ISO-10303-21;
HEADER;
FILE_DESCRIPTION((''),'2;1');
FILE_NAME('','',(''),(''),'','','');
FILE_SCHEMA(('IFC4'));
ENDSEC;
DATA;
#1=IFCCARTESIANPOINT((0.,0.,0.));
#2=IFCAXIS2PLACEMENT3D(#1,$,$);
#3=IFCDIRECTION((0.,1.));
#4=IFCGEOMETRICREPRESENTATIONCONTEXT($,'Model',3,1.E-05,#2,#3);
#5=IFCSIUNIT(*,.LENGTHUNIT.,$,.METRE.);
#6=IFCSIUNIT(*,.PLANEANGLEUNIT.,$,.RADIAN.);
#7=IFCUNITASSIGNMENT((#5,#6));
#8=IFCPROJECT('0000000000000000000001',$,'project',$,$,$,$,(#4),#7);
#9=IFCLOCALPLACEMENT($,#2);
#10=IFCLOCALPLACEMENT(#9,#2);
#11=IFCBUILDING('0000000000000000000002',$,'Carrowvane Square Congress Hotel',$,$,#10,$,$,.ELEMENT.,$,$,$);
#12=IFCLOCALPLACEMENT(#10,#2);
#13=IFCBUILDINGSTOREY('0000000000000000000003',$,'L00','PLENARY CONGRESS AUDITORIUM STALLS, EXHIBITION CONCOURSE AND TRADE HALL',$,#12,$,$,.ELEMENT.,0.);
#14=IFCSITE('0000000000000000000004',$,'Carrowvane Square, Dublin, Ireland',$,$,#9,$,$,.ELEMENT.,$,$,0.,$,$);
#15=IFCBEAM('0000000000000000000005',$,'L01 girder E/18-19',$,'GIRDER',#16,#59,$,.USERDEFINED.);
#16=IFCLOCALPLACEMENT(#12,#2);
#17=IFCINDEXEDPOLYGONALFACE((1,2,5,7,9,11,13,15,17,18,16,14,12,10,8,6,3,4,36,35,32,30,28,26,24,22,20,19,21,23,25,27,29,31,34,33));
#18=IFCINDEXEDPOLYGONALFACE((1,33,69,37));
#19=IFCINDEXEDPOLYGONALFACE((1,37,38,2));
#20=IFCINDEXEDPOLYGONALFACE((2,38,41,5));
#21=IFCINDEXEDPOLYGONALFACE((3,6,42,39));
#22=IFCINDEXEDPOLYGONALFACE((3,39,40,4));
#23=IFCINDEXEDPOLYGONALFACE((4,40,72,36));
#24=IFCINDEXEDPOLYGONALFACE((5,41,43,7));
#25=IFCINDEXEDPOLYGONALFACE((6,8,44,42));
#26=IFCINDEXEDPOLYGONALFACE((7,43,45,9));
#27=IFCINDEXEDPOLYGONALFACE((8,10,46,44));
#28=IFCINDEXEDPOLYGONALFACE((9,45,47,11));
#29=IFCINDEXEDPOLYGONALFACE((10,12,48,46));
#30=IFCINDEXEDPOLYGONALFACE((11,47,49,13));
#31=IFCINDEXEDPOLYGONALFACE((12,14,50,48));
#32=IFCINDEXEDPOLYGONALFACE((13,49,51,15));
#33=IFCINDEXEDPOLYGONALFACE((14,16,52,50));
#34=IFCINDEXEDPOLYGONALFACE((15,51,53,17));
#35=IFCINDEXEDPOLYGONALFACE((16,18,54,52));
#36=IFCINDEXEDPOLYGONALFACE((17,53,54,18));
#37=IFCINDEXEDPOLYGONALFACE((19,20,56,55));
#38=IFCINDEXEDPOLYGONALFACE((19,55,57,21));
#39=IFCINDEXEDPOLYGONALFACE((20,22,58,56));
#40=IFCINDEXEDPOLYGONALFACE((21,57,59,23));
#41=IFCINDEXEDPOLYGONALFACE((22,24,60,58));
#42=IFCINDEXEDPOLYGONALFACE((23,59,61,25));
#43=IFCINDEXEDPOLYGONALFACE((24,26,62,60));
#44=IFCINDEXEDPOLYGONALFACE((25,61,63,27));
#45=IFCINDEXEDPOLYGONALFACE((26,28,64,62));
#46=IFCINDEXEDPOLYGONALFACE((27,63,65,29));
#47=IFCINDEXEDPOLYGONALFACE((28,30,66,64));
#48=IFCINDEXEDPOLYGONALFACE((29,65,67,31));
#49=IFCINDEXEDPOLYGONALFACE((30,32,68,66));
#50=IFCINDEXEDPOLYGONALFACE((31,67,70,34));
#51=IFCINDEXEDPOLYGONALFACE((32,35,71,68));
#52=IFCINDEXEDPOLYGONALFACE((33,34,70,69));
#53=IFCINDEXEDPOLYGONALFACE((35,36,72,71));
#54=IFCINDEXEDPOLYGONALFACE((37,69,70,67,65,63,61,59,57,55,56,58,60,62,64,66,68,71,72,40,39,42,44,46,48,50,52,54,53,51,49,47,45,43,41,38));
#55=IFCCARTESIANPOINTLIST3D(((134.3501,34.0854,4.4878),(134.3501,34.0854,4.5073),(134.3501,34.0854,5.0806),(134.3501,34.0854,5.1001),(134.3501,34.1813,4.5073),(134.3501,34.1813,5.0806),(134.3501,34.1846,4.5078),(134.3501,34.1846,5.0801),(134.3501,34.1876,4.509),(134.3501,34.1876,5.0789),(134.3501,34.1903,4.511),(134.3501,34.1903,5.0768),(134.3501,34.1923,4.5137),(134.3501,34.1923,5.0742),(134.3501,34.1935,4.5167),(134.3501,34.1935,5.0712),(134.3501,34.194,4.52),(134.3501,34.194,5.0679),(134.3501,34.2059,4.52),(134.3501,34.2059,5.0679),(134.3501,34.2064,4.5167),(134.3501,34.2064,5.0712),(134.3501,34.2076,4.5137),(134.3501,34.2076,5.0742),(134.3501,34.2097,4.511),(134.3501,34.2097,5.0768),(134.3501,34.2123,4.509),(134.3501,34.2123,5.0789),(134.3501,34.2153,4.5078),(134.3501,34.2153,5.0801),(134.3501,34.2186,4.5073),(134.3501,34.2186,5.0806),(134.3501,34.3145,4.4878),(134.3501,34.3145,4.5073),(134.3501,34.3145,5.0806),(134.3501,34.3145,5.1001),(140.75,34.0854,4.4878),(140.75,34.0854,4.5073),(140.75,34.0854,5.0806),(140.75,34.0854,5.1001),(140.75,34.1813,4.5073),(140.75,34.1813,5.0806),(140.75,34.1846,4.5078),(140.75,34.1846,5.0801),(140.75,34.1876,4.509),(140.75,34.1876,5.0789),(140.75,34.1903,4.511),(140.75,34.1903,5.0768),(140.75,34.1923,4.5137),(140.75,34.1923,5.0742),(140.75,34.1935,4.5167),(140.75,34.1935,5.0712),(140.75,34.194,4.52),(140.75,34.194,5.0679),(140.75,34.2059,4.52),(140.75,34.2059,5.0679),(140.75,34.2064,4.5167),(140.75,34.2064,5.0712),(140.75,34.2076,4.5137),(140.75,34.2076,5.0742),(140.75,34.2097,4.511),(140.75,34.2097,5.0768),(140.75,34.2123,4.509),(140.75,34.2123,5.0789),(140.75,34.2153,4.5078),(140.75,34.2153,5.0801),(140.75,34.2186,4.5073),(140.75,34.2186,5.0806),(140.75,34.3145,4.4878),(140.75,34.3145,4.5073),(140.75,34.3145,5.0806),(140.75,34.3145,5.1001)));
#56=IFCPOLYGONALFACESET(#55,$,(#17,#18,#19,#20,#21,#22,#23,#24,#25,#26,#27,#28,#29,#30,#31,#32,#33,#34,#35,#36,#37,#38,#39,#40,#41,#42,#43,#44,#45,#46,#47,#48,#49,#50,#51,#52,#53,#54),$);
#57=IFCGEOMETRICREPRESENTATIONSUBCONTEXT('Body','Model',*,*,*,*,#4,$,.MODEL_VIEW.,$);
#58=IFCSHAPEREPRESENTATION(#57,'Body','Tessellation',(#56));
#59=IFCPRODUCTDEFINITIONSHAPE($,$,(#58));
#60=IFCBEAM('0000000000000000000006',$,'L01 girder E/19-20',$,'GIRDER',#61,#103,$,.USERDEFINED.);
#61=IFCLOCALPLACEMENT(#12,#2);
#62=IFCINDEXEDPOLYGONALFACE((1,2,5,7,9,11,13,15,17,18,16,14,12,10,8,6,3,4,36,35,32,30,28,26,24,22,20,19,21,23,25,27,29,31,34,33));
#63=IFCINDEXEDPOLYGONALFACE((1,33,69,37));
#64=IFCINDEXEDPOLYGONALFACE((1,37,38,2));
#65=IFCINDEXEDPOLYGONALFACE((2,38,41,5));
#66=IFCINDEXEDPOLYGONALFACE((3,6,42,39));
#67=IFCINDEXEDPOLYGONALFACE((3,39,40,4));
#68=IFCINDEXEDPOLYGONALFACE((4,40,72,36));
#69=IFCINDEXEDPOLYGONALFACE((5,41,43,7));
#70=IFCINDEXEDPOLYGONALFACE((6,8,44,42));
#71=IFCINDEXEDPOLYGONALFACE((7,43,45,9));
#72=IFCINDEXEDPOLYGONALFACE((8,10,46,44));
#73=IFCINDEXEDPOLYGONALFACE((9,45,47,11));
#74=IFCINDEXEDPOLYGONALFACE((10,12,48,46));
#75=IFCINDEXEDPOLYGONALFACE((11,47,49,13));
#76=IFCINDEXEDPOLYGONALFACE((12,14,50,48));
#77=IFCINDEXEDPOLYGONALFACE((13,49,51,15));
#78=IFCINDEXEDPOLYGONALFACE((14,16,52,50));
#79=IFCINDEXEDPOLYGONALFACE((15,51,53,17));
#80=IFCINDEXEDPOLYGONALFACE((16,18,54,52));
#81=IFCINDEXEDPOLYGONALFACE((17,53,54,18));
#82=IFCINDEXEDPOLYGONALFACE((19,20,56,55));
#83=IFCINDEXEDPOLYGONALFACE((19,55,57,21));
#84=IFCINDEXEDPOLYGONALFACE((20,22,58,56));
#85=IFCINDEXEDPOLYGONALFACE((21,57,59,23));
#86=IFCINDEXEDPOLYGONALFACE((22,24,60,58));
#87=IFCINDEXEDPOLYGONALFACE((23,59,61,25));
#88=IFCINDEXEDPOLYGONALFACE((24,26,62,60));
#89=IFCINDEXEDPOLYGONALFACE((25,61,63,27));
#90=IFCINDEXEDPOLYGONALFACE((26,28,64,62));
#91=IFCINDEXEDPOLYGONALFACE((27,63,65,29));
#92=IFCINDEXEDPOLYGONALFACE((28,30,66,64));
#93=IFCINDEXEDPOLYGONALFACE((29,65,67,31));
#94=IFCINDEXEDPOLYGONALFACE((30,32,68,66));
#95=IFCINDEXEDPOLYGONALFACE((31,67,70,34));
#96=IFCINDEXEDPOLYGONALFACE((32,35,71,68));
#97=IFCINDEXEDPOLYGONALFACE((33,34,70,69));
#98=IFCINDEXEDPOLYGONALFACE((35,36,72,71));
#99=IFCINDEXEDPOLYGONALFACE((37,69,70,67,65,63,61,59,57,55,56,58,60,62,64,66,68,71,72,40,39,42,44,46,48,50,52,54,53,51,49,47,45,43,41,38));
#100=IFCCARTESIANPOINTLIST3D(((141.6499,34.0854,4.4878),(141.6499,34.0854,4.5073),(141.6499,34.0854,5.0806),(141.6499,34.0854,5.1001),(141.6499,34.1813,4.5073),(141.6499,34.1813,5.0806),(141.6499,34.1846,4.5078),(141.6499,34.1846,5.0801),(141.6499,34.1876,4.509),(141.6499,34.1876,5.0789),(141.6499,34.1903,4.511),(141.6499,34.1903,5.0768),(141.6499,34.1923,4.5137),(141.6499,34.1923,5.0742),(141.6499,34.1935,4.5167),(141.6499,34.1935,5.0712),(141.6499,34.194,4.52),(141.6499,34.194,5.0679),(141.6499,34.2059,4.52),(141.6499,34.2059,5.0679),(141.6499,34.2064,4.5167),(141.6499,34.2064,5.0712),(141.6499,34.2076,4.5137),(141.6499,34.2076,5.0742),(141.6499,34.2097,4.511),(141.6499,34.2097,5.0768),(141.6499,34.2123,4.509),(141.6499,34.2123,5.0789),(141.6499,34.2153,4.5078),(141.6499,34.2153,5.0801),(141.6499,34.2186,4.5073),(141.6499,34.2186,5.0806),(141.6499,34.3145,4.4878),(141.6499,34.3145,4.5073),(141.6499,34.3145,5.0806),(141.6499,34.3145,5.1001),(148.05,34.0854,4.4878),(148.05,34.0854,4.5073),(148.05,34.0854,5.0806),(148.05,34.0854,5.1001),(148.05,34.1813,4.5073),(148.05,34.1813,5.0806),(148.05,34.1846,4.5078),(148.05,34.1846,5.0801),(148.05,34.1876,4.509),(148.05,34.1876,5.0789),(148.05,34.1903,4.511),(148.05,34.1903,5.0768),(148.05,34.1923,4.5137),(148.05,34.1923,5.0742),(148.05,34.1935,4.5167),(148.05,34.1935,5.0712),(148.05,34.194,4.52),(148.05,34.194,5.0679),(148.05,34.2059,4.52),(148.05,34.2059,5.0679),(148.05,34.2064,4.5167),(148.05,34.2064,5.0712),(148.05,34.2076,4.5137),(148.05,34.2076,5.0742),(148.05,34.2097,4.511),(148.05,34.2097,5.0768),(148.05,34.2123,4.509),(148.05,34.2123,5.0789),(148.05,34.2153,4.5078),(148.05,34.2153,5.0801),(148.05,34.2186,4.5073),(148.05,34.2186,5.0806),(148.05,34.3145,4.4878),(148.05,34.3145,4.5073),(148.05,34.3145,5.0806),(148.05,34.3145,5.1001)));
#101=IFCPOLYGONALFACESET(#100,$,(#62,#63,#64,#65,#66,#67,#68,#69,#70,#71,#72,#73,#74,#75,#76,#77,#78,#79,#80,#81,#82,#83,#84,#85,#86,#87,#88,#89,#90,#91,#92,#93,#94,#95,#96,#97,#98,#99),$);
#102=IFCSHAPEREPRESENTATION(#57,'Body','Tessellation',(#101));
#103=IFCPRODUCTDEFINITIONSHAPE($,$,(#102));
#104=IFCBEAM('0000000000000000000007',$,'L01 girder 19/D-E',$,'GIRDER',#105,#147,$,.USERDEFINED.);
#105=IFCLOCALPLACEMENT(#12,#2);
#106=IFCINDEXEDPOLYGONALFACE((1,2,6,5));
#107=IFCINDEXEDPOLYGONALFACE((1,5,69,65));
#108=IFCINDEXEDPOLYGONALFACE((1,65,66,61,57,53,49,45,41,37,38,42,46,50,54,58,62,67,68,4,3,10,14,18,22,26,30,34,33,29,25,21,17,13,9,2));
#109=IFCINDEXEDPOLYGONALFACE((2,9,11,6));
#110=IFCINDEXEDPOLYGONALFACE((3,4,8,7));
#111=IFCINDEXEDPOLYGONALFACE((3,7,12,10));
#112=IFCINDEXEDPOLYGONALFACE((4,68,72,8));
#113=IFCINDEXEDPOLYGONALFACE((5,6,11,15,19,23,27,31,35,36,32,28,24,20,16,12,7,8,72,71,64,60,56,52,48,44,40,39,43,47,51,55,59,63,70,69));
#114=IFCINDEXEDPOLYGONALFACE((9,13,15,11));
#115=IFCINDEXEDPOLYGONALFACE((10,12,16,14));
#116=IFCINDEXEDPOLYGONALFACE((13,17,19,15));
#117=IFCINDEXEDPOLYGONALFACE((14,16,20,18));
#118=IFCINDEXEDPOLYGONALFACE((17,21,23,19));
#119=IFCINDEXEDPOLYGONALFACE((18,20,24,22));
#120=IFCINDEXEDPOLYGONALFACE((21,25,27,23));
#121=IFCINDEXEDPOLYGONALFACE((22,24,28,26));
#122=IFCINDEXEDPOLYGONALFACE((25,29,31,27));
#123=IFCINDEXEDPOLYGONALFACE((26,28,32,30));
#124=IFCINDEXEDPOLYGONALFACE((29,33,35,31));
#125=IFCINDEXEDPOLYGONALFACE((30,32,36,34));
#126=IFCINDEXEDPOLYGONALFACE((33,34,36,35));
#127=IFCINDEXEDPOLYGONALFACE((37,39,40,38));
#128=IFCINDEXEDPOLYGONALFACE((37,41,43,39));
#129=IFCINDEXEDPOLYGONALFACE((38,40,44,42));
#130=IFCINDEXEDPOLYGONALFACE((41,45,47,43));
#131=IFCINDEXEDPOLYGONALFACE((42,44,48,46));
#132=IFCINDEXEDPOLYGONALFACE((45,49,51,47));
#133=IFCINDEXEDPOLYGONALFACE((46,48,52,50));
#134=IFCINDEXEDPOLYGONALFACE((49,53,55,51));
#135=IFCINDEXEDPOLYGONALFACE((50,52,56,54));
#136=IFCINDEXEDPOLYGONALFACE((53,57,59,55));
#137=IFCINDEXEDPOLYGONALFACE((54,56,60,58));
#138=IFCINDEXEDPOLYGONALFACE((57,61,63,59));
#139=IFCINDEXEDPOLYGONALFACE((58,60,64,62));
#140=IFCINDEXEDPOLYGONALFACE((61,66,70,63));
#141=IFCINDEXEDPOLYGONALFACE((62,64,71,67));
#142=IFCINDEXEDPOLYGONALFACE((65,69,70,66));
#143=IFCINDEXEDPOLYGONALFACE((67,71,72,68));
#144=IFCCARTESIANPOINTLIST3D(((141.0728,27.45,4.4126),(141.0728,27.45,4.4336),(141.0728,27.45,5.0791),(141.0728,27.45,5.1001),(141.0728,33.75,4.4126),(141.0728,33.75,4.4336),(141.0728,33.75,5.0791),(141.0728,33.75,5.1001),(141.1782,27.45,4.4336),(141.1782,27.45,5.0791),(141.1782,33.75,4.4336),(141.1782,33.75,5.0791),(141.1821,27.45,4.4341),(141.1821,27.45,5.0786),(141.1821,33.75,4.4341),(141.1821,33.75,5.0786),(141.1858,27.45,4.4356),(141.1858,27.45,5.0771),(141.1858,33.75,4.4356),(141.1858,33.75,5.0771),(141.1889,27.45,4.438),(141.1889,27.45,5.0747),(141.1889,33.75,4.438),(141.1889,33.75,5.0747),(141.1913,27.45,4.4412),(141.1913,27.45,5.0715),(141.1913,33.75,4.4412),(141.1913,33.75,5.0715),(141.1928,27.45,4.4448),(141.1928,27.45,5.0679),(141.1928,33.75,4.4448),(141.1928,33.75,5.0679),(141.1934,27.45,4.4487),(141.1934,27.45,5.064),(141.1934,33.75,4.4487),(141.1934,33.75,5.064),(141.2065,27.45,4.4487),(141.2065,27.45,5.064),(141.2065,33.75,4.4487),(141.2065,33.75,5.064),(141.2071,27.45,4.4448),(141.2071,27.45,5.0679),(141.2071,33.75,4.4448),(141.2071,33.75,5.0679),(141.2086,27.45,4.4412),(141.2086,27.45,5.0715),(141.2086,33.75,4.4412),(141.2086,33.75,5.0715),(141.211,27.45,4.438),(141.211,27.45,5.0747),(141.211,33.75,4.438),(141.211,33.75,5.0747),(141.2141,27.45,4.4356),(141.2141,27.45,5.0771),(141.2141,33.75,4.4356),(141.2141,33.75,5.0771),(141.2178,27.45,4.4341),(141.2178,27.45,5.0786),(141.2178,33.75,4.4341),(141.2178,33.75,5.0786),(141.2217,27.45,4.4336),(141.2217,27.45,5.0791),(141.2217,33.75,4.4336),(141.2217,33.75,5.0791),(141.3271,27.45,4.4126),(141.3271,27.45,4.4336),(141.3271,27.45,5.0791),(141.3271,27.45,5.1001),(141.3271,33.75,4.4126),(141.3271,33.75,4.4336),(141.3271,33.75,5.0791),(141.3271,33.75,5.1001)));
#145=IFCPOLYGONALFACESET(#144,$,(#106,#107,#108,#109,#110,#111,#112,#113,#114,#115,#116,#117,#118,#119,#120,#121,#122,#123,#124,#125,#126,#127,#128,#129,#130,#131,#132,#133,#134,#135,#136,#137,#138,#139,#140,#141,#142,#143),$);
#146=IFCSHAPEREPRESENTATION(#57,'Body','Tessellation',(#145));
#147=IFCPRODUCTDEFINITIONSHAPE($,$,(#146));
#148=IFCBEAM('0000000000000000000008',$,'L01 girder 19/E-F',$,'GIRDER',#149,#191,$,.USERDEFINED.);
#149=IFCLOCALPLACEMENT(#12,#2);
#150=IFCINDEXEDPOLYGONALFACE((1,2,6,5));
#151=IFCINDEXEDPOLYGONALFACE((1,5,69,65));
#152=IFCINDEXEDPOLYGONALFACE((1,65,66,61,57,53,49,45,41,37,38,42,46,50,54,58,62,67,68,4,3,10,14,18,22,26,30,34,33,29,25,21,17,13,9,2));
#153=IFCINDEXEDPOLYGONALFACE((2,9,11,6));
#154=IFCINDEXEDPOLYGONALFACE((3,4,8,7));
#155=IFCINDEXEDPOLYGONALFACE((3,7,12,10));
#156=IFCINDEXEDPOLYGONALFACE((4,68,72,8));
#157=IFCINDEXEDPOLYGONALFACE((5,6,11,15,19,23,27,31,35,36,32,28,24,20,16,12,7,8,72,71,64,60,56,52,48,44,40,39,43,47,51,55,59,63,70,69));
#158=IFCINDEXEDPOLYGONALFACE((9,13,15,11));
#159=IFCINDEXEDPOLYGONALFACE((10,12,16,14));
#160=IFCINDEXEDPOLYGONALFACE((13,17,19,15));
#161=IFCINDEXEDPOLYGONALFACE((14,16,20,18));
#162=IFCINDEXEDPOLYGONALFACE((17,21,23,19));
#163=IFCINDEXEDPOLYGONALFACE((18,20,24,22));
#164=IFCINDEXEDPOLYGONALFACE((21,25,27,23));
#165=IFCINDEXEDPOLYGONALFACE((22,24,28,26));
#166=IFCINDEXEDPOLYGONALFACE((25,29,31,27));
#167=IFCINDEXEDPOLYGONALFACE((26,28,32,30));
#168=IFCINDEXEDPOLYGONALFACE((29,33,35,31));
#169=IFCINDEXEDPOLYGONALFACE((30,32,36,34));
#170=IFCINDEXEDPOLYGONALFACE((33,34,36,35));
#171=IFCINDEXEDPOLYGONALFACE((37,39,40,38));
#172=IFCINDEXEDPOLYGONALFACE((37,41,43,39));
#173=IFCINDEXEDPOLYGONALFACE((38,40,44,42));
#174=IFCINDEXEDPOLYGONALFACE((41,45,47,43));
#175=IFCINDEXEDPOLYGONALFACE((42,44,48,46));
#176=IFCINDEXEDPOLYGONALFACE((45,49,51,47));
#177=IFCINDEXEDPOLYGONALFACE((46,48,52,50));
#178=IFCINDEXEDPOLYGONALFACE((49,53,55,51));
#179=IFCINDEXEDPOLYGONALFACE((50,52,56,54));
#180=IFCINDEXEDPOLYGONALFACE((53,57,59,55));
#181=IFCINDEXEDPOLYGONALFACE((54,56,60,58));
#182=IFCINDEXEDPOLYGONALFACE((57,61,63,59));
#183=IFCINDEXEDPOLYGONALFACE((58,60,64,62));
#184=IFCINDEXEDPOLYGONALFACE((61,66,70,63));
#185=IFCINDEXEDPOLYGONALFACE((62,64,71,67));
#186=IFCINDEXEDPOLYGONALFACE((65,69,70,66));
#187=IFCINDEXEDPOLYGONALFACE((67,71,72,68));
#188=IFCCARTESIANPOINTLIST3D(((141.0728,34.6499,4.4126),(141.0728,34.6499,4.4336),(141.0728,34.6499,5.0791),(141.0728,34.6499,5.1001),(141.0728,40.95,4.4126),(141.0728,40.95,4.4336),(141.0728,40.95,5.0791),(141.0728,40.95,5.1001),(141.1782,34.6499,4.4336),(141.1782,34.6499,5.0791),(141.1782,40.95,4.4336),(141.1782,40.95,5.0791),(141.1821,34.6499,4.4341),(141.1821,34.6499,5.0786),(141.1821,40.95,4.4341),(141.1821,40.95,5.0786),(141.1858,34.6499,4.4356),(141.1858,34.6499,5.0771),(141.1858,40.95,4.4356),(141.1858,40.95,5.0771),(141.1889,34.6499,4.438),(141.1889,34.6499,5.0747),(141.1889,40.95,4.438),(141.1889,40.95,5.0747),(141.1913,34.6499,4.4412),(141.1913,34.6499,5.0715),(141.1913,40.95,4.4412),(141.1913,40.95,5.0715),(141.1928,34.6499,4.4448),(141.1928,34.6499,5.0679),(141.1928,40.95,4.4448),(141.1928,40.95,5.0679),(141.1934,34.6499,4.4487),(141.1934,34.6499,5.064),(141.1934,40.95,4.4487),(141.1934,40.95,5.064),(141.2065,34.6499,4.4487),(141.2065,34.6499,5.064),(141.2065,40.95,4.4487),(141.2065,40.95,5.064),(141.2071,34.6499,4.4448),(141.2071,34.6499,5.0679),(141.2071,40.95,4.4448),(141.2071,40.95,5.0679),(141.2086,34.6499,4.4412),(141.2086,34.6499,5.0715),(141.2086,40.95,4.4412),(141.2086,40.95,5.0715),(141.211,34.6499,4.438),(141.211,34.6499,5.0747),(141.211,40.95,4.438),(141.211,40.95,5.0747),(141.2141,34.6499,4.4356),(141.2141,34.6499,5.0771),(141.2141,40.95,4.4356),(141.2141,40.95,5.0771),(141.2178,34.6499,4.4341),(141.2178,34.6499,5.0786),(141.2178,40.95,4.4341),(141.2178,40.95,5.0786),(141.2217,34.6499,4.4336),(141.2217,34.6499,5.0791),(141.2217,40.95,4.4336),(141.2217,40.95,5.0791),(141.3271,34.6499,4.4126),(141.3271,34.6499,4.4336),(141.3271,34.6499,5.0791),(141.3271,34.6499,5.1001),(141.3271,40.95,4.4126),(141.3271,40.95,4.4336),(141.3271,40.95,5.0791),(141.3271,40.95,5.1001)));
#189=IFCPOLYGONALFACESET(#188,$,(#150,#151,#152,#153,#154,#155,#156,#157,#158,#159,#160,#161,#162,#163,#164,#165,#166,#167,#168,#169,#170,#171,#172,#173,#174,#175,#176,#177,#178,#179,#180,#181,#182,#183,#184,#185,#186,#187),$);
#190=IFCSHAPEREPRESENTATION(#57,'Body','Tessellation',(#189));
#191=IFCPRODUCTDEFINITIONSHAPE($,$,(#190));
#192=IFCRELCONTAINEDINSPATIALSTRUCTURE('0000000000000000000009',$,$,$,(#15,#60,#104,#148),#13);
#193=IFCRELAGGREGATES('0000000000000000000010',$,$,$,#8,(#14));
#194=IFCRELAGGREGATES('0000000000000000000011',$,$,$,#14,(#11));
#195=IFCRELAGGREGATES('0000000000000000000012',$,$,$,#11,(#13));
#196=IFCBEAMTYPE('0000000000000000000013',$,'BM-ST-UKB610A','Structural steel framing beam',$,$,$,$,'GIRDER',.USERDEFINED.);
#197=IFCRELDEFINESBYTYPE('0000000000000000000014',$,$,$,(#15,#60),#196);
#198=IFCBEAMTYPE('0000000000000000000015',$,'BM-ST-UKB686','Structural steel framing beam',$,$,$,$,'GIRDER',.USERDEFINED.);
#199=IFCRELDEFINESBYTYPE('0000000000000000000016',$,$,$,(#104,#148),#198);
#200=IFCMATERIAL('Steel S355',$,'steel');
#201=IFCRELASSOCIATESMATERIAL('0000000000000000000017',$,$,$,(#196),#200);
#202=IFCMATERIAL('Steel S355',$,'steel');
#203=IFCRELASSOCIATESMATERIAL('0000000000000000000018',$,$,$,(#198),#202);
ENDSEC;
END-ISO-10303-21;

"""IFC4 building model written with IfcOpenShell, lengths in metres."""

from ifc_helpers import new_model, si_unit, direction, frame, origin, origin_2d, place, context, subcontext, project, spatial, i_section, extrude, material, material_profile, profile_set, type_object, element, save


model = new_model("IFC4")

# Units and contexts
model_context = context("Model", 3, precision=1e-05, world=origin(), true_north=direction((0.0, 1.0)))
body_context = subcontext(model_context, "Body", "Model", "MODEL_VIEW")
ifc_project = project(units=[si_unit("LENGTHUNIT", "METRE"), si_unit("PLANEANGLEUNIT", "RADIAN")], contexts=[model_context])

# Site, building, storey
site_placement = place(None, origin())
site = spatial("IfcSite", under=ifc_project, at=site_placement, Name="Carrowvane Square, Dublin, Ireland", CompositionType="ELEMENT", RefElevation=0.0)
building_placement = place(site_placement, origin())
building = spatial("IfcBuilding", under=site, at=building_placement, Name="Carrowvane Square Congress Hotel", CompositionType="ELEMENT")
storey_placement = place(building_placement, origin())
storey = spatial("IfcBuildingStorey", under=building, at=storey_placement, Name="L00", Description="PLENARY CONGRESS AUDITORIUM STALLS, EXHIBITION CONCOURSE AND TRADE HALL", CompositionType="ELEMENT", Elevation=0.0)

# Beams
ifc_material_1 = material(Name="Steel S355", Category="steel")
ifc_material_profile_1 = material_profile(ifc_material_1, i_section(OverallWidth=0.229, OverallDepth=0.6123, WebThickness=0.012, FlangeThickness=0.0195, FilletRadius=0.0127, at=origin_2d()), Name="UKB 610x229x125")
ifc_profile_set_1 = profile_set([ifc_material_profile_1], Name="Steel S355")
beam_type_1 = type_object("IfcBeamType", Name="BM-ST-UKB610A", Description="Structural steel framing beam", ElementType="GIRDER", PredefinedType="USERDEFINED", material=ifc_profile_set_1)
beam_1_placement = place(storey_placement, frame((134.3501, 34.2, 4.7939), z_axis=(1.0, 0.0, 0.0), x_axis=(0.0, 1.0, 0.0)))
element("IfcBeam", 1, at=beam_1_placement, inside=storey, type_object=beam_type_1, Name="L01 girder E/18-19", ObjectType="GIRDER", PredefinedType="USERDEFINED", context=body_context, shape_type="SweptSolid", body=[
    extrude(i_section(OverallWidth=0.229, OverallDepth=0.6123, WebThickness=0.012, FlangeThickness=0.0195, FilletRadius=0.0127, at=origin_2d()), origin(), (0.0, 0.0, 1.0), 6.3999),
])
beam_2_placement = place(storey_placement, frame((141.6499, 34.2, 4.7939), z_axis=(1.0, 0.0, 0.0), x_axis=(0.0, 1.0, 0.0)))
element("IfcBeam", 2, at=beam_2_placement, inside=storey, type_object=beam_type_1, Name="L01 girder E/19-20", ObjectType="GIRDER", PredefinedType="USERDEFINED", context=body_context, shape_type="SweptSolid", body=[
    extrude(i_section(OverallWidth=0.229, OverallDepth=0.6123, WebThickness=0.012, FlangeThickness=0.0195, FilletRadius=0.0127, at=origin_2d()), origin(), (0.0, 0.0, 1.0), 6.4001),
])
ifc_material_2 = material(Name="Steel S355", Category="steel")
ifc_material_profile_2 = material_profile(ifc_material_2, i_section(OverallWidth=0.2544, OverallDepth=0.6875, WebThickness=0.0132, FlangeThickness=0.021, FilletRadius=0.0151, at=origin_2d()), Name="UKB 686x254x152")
ifc_profile_set_2 = profile_set([ifc_material_profile_2], Name="Steel S355")
beam_type_2 = type_object("IfcBeamType", Name="BM-ST-UKB686", Description="Structural steel framing beam", ElementType="GIRDER", PredefinedType="USERDEFINED", material=ifc_profile_set_2)
for number, where, z_axis, x_axis, name in (
    (3, (141.2, 27.45, 4.7563), (0.0, 1.0, 0.0), (-1.0, 0.0, 0.0), "L01 girder 19/D-E"),
    (4, (141.2, 34.6499, 4.7563), (0.0, 1.0, 0.0), (-1.0, 0.0, 0.0), "L01 girder 19/E-F"),
):
    element("IfcBeam", number, at=place(storey_placement, frame(where, z_axis=z_axis, x_axis=x_axis)), inside=storey, type_object=beam_type_2, Name=name, ObjectType="GIRDER", PredefinedType="USERDEFINED", context=body_context, shape_type="SweptSolid", body=[
        extrude(i_section(OverallWidth=0.2544, OverallDepth=0.6875, WebThickness=0.0132, FlangeThickness=0.021, FilletRadius=0.0151, at=origin_2d()), origin(), (0.0, 0.0, 1.0), 6.3),
    ])

save(model, "model.ifc")
